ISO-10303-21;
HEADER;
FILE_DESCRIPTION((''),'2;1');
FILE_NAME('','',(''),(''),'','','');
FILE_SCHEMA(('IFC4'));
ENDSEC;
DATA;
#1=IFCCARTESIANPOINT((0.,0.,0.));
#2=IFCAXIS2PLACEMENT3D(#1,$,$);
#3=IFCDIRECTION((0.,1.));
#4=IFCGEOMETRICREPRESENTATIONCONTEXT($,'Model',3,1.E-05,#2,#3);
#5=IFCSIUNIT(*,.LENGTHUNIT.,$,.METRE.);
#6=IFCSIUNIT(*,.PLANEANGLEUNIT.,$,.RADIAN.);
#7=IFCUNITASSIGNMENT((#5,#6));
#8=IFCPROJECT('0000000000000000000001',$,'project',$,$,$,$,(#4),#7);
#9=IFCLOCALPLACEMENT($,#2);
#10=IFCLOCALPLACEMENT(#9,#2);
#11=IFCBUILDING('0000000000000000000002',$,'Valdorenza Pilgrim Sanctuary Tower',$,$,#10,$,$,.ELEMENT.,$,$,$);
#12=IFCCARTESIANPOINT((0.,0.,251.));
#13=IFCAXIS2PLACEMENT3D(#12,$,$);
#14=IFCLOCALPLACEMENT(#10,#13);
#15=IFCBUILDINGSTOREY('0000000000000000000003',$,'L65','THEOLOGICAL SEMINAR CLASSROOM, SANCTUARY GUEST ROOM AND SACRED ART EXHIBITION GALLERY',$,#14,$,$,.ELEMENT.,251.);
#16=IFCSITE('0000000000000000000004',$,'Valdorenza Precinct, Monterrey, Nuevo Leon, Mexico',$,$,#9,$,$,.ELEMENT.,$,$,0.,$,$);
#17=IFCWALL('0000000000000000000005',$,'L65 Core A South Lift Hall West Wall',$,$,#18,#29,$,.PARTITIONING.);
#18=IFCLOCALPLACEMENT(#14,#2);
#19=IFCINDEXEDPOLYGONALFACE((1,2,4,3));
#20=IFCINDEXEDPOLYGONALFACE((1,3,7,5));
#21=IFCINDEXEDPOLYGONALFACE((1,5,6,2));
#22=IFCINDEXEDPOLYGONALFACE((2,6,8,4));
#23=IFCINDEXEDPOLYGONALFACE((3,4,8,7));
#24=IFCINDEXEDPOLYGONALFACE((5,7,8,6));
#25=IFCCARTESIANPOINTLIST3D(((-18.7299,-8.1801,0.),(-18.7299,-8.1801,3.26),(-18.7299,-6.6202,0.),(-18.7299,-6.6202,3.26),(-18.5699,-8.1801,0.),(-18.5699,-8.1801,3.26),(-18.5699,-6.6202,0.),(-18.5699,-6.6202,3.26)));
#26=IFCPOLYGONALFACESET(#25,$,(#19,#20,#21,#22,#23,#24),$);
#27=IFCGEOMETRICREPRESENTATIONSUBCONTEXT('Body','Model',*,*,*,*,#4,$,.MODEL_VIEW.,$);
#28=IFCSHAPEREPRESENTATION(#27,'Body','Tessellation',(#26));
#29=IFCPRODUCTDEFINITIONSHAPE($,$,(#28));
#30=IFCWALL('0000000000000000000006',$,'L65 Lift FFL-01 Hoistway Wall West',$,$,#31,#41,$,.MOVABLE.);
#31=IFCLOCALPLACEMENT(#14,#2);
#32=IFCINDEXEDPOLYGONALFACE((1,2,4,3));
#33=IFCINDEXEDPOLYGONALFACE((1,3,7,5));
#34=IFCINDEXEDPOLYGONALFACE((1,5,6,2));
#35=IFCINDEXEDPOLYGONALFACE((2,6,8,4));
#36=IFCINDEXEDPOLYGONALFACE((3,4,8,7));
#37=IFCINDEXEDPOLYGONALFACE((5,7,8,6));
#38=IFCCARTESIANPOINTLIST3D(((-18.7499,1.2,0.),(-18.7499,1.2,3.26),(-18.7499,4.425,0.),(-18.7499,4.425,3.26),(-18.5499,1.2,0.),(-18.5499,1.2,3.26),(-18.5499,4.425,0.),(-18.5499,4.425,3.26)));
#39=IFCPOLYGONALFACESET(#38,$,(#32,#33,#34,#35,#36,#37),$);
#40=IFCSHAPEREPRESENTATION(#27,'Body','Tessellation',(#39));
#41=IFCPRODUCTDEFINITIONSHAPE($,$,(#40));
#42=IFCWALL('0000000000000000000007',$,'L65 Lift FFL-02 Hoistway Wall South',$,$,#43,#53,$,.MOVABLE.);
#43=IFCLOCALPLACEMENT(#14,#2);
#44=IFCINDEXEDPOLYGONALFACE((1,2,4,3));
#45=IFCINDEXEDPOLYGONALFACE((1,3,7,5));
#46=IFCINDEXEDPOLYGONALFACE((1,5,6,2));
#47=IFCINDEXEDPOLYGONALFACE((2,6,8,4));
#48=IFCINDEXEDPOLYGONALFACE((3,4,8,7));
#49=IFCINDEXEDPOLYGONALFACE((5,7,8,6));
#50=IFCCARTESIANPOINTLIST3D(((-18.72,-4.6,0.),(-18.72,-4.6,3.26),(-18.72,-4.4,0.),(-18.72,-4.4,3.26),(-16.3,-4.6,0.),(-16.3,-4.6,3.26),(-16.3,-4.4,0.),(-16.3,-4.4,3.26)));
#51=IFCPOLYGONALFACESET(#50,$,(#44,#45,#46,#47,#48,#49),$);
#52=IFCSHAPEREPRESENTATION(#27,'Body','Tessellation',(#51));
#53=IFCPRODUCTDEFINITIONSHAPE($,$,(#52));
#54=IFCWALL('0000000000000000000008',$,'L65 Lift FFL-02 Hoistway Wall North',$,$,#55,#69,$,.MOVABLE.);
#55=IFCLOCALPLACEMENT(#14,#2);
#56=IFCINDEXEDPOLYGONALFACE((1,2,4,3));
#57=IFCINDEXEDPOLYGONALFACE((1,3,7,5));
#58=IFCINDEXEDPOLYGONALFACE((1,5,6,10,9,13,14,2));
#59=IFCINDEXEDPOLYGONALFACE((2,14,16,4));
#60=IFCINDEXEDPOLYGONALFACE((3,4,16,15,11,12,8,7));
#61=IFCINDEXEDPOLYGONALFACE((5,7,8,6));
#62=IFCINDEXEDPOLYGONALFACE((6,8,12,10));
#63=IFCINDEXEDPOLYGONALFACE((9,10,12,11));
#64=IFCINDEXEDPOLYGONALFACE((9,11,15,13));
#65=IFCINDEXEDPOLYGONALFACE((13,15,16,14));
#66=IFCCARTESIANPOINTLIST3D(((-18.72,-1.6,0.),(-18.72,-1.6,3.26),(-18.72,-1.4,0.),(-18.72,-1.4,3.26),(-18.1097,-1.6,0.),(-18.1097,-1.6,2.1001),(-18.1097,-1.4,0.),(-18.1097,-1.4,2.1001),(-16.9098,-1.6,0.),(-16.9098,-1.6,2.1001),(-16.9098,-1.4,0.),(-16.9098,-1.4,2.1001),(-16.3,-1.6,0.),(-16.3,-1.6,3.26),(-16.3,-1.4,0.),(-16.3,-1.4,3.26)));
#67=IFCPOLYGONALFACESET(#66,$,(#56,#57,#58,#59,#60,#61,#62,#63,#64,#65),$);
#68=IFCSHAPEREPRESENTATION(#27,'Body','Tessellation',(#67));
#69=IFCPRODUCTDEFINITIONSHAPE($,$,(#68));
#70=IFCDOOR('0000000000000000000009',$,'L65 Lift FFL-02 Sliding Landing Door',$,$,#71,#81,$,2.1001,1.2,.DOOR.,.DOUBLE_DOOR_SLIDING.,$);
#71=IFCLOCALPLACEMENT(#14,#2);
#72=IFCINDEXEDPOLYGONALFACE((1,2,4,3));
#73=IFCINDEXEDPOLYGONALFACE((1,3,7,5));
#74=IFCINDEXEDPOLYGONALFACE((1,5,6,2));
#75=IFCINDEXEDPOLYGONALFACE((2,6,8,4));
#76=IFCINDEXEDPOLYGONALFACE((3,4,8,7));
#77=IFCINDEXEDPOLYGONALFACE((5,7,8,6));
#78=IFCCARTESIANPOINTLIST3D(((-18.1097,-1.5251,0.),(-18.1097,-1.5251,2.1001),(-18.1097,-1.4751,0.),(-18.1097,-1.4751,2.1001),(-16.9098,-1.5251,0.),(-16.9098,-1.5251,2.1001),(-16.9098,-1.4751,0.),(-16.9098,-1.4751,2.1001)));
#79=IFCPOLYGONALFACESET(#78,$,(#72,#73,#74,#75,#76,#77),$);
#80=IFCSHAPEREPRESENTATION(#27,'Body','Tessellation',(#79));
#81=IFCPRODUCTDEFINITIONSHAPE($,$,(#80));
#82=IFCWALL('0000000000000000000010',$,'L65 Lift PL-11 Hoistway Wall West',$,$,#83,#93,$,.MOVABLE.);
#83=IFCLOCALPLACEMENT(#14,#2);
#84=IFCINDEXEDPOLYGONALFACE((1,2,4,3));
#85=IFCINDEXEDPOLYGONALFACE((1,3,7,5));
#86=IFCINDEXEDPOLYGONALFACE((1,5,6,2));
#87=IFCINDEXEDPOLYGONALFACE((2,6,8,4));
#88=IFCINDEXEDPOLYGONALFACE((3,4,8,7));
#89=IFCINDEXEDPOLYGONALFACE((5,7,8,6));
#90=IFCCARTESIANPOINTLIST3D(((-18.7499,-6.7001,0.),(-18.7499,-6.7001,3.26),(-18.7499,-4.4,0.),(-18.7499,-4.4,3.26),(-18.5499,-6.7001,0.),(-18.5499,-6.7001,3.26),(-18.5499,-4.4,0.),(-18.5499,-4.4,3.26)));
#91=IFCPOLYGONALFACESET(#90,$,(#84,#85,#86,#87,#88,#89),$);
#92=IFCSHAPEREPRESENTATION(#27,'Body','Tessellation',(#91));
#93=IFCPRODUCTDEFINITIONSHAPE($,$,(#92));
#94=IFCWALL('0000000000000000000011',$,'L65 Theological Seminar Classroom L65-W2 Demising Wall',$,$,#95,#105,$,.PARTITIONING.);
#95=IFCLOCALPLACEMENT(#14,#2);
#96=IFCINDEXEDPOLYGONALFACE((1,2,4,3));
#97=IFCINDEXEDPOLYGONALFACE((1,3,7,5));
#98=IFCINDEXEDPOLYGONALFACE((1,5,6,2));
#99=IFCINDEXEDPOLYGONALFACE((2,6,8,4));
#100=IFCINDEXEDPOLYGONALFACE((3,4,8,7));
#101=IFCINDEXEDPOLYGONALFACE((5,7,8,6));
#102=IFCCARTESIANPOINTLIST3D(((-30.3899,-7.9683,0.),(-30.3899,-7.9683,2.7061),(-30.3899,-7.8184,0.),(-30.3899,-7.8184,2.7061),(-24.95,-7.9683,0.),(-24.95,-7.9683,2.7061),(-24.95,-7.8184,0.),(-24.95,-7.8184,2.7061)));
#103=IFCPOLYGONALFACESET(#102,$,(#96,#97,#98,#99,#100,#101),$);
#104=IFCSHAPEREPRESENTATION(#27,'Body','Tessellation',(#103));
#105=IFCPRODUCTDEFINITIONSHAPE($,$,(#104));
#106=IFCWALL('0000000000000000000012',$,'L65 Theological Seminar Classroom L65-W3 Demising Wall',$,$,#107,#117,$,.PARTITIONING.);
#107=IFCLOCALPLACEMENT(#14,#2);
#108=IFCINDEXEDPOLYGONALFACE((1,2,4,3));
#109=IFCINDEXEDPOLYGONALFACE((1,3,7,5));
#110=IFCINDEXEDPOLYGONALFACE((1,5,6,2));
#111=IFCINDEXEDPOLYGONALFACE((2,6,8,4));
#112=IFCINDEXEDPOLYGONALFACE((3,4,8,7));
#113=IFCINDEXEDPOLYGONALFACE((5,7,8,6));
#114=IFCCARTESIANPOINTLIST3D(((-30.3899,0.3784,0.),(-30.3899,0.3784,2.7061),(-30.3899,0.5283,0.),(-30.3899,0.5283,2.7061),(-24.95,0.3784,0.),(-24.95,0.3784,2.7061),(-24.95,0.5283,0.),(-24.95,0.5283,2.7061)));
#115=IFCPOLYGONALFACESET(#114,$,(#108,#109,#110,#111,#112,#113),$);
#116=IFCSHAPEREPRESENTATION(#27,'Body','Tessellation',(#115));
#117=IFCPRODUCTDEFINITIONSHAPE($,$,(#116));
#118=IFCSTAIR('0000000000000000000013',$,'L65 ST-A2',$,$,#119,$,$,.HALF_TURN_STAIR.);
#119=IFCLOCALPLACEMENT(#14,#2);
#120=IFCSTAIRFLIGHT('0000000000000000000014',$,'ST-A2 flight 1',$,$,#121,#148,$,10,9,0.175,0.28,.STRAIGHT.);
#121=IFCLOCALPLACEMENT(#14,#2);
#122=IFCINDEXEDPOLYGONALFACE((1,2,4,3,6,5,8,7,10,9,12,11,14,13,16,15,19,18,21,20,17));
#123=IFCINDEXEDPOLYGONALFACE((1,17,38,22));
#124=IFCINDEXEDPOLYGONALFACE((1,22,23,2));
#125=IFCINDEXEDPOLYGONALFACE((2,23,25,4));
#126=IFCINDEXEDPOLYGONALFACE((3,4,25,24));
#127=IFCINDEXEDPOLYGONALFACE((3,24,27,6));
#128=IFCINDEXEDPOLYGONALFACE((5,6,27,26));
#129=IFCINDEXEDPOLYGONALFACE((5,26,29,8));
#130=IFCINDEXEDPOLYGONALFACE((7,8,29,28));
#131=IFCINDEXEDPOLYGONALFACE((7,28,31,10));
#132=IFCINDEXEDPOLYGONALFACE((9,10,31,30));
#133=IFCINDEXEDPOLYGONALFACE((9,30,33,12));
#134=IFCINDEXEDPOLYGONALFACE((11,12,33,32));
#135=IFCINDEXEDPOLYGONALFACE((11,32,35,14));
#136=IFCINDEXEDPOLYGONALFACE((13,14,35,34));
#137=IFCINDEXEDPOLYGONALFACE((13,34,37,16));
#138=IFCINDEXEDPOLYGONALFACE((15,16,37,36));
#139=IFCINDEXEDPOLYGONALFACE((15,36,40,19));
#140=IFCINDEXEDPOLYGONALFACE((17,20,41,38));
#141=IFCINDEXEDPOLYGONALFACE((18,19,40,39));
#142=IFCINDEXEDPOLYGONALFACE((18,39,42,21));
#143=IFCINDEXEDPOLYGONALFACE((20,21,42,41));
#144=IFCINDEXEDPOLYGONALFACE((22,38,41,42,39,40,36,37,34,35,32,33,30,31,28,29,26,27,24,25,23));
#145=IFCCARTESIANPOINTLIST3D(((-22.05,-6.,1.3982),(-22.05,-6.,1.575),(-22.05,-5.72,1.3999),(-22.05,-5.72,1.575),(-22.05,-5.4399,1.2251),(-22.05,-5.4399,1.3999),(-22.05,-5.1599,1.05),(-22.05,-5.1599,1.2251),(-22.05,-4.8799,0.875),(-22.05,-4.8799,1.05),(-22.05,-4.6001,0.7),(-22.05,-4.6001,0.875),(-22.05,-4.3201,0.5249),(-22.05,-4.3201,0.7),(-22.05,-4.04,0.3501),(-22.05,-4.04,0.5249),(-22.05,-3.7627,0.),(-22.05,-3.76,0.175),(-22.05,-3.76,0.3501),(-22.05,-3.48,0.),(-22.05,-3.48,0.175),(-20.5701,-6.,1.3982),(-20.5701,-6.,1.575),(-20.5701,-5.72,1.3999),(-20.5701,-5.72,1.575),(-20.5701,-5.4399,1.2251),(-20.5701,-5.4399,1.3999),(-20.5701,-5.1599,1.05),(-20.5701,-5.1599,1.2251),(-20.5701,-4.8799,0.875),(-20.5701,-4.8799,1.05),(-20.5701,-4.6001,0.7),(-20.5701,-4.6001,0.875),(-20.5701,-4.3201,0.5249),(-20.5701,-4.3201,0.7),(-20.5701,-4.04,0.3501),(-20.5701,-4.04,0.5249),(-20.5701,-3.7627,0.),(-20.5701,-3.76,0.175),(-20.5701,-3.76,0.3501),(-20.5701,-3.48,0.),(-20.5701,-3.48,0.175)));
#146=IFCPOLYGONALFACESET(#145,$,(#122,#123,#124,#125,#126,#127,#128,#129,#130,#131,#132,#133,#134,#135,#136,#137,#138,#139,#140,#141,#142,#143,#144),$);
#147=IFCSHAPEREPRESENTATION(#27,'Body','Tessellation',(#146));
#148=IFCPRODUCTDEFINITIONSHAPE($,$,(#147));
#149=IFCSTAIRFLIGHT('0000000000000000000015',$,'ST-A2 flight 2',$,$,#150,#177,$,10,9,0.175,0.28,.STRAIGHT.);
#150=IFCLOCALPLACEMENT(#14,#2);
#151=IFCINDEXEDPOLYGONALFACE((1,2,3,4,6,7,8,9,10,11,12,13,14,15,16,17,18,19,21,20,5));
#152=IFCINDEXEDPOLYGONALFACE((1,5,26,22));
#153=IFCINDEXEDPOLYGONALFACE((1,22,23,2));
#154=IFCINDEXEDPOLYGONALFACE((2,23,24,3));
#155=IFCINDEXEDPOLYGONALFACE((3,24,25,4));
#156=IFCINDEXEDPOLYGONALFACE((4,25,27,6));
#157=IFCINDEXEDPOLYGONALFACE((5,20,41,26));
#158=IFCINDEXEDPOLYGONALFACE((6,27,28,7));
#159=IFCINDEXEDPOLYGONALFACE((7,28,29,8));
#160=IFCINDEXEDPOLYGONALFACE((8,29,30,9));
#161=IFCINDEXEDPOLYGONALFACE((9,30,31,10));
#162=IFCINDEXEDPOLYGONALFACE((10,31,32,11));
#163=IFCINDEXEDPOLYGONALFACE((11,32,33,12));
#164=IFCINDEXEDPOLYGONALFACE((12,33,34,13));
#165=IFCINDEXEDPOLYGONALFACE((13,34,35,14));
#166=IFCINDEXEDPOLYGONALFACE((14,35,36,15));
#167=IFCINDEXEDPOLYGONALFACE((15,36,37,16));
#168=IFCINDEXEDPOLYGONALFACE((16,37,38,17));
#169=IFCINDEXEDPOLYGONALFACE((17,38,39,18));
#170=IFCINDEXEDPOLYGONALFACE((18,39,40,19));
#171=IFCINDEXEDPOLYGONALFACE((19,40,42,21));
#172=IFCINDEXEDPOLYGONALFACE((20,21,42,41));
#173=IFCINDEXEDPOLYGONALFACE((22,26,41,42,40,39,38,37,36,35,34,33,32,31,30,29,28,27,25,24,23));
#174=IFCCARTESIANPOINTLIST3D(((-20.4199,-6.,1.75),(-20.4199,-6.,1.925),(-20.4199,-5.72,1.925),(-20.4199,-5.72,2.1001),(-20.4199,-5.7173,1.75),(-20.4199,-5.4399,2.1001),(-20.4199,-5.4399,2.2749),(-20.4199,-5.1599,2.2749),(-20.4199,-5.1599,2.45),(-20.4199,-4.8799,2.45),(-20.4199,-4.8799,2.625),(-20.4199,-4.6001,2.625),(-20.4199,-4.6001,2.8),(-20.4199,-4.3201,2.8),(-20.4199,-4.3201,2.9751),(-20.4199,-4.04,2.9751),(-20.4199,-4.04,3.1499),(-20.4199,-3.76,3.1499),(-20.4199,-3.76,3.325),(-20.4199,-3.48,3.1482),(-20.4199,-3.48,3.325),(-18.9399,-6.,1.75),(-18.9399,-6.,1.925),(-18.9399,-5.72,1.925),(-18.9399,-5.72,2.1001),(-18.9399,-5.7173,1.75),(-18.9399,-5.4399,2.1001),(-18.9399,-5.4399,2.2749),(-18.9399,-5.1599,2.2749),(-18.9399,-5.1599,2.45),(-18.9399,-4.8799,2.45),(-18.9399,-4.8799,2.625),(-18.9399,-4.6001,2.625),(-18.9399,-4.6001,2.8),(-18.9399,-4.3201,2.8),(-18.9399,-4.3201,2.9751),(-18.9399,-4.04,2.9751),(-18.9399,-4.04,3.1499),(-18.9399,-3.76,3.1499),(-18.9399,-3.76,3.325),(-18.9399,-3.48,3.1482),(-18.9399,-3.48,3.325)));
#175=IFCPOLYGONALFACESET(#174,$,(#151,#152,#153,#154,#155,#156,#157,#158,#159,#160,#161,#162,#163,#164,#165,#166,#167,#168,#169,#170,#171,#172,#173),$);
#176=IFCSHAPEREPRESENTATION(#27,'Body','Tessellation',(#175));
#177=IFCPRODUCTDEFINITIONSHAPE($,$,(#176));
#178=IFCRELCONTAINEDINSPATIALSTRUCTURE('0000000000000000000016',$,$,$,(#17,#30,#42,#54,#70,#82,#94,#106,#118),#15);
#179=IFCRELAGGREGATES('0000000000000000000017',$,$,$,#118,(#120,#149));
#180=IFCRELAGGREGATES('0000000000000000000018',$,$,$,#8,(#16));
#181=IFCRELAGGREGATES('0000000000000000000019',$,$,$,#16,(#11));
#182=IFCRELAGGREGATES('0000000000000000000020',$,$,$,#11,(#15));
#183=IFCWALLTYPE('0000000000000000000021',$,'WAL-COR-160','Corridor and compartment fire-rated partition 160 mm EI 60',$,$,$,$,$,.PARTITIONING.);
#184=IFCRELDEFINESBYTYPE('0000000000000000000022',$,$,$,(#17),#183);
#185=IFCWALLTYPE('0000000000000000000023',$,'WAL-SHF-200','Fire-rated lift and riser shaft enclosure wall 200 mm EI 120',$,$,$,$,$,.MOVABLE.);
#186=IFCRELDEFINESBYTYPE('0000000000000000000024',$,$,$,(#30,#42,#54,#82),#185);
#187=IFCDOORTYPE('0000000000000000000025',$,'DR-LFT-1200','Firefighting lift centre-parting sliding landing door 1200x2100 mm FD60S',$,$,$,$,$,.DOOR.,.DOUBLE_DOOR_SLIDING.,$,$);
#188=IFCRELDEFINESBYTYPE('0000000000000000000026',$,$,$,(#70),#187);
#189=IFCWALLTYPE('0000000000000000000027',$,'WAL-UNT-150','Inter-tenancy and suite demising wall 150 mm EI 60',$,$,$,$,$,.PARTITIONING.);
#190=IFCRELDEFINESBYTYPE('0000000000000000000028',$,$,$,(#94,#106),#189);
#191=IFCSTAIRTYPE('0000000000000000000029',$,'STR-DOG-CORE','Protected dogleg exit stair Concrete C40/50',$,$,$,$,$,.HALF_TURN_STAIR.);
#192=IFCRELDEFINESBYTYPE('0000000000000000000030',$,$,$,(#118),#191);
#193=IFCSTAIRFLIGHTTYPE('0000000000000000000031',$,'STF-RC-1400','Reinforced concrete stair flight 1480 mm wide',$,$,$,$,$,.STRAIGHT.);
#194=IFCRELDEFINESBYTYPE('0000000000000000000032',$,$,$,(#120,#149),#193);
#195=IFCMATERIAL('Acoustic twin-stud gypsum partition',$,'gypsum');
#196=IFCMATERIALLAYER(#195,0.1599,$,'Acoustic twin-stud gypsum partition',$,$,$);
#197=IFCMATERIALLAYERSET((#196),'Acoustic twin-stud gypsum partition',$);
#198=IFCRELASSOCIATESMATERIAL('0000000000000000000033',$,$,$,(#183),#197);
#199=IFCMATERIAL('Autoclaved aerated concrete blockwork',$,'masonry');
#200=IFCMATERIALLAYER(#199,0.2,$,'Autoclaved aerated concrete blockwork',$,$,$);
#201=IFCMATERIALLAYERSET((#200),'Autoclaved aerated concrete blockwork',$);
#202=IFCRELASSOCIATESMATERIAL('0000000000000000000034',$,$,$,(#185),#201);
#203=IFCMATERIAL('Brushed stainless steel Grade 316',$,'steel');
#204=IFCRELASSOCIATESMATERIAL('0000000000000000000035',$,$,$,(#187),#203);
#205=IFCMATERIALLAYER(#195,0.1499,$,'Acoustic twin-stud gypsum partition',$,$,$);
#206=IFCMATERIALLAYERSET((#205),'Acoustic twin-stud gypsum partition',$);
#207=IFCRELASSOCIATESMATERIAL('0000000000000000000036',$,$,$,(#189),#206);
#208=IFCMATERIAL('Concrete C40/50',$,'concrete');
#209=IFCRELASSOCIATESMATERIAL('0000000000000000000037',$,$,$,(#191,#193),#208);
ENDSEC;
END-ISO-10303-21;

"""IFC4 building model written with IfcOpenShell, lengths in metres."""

from ifc_helpers import new_model, si_unit, direction, frame, frame_2d, origin, place, context, subcontext, project, spatial, polyline, rectangle, outline, extrude, material, layer, layer_set, type_object, element, fill, aggregate, save


model = new_model("IFC4")

# Units and contexts
model_context = context("Model", 3, precision=1e-05, world=origin(), true_north=direction((0.0, 1.0)))
body_context = subcontext(model_context, "Body", "Model", "MODEL_VIEW")
ifc_project = project(units=[si_unit("LENGTHUNIT", "METRE"), si_unit("PLANEANGLEUNIT", "RADIAN")], contexts=[model_context])

# Site, building, storey
site_placement = place(None, origin())
site = spatial("IfcSite", under=ifc_project, at=site_placement, Name="Valdorenza Precinct, Monterrey, Nuevo Leon, Mexico", CompositionType="ELEMENT", RefElevation=0.0)
building_placement = place(site_placement, origin())
building = spatial("IfcBuilding", under=site, at=building_placement, Name="Valdorenza Pilgrim Sanctuary Tower", CompositionType="ELEMENT")
storey_placement = place(building_placement, frame((0.0, 0.0, 251.0)))
storey = spatial("IfcBuildingStorey", under=building, at=storey_placement, Name="L65", Description="THEOLOGICAL SEMINAR CLASSROOM, SANCTUARY GUEST ROOM AND SACRED ART EXHIBITION GALLERY", CompositionType="ELEMENT", Elevation=251.0)

# Walls
ifc_material_1 = material(Name="Acoustic twin-stud gypsum partition", Category="gypsum")
ifc_layer_1 = layer(ifc_material_1, 0.1599, Name="Acoustic twin-stud gypsum partition")
ifc_layer_set_1 = layer_set([ifc_layer_1], Name="Acoustic twin-stud gypsum partition")
wall_type_1 = type_object("IfcWallType", Name="WAL-COR-160", Description="Corridor and compartment fire-rated partition 160 mm EI 60", PredefinedType="PARTITIONING", material=ifc_layer_set_1)
wall_1_placement = place(storey_placement, frame((-18.6499, -8.1799, 0.0), z_axis=(0.0, 0.0, 1.0), x_axis=(0.0, 1.0, 0.0)))
element("IfcWall", 1, at=wall_1_placement, inside=storey, type_object=wall_type_1, Name="L65 Core A South Lift Hall West Wall", PredefinedType="PARTITIONING", context=body_context, shape_type="SweptSolid", body=[
    extrude(rectangle(XDim=1.5598, YDim=0.1599, at=frame_2d((0.7798, 0.0))), origin(), (0.0, 0.0, 1.0), 3.26),
])
ifc_material_2 = material(Name="Autoclaved aerated concrete blockwork", Category="masonry")
ifc_layer_2 = layer(ifc_material_2, 0.2, Name="Autoclaved aerated concrete blockwork")
ifc_layer_set_2 = layer_set([ifc_layer_2], Name="Autoclaved aerated concrete blockwork")
wall_type_2 = type_object("IfcWallType", Name="WAL-SHF-200", Description="Fire-rated lift and riser shaft enclosure wall 200 mm EI 120", PredefinedType="MOVABLE", material=ifc_layer_set_2)
wall_2_placement = place(storey_placement, frame((-18.6499, 1.2, 0.0), z_axis=(0.0, 0.0, 1.0), x_axis=(0.0, 1.0, 0.0)))
element("IfcWall", 2, at=wall_2_placement, inside=storey, type_object=wall_type_2, Name="L65 Lift FFL-01 Hoistway Wall West", PredefinedType="MOVABLE", context=body_context, shape_type="SweptSolid", body=[
    extrude(rectangle(XDim=3.2251, YDim=0.2, at=frame_2d((1.6125, 0.0))), origin(), (0.0, 0.0, 1.0), 3.26),
])
wall_3_placement = place(storey_placement, frame((-18.72, -4.5, 0.0), z_axis=(0.0, 0.0, 1.0), x_axis=(1.0, 0.0, 0.0)))
element("IfcWall", 3, at=wall_3_placement, inside=storey, type_object=wall_type_2, Name="L65 Lift FFL-02 Hoistway Wall South", PredefinedType="MOVABLE", context=body_context, shape_type="SweptSolid", body=[
    extrude(rectangle(XDim=2.4199, YDim=0.2, at=frame_2d((1.21, 0.0))), origin(), (0.0, 0.0, 1.0), 3.26),
])

# Wall, opening, door
wall_4_placement = place(storey_placement, frame((-18.72, -1.5, 0.0), z_axis=(0.0, 0.0, 1.0), x_axis=(1.0, 0.0, 0.0)))
wall_4 = element("IfcWall", 4, at=wall_4_placement, inside=storey, type_object=wall_type_2, Name="L65 Lift FFL-02 Hoistway Wall North", PredefinedType="MOVABLE", context=body_context, shape_type="SweptSolid", body=[
    extrude(rectangle(XDim=2.4199, YDim=0.2, at=frame_2d((1.21, 0.0))), origin(), (0.0, 0.0, 1.0), 3.26),
])
opening_1_placement = place(wall_4_placement, frame((0.6101, 0.0, 0.0)))
opening_1 = element("IfcOpeningElement", 5, at=opening_1_placement, cuts=wall_4, PredefinedType="OPENING", context=body_context, shape_type="SweptSolid", body=[
    extrude(rectangle(XDim=1.2, YDim=2.1001, at=frame_2d((0.6001, 1.05))), frame((0.0, 0.1147, 0.0), z_axis=(0.0, -1.0, 0.0), x_axis=(1.0, 0.0, 0.0)), (0.0, 0.0, 1.0), 0.2297),
])
ifc_material_3 = material(Name="Brushed stainless steel Grade 316", Category="steel")
door_type_1 = type_object("IfcDoorType", Name="DR-LFT-1200", Description="Firefighting lift centre-parting sliding landing door 1200x2100 mm FD60S", OperationType="DOUBLE_DOOR_SLIDING", PredefinedType="DOOR", material=ifc_material_3)
door_1_placement = place(opening_1_placement, origin())
door_1 = element("IfcDoor", 6, at=door_1_placement, inside=storey, type_object=door_type_1, Name="L65 Lift FFL-02 Sliding Landing Door", OperationType="DOUBLE_DOOR_SLIDING", OverallHeight=2.1001, OverallWidth=1.2, PredefinedType="DOOR", context=body_context, shape_type="SweptSolid", body=[
    extrude(rectangle(XDim=1.2, YDim=2.1001, at=frame_2d((0.6001, 1.05))), frame((0.0, 0.0249, 0.0), z_axis=(0.0, -1.0, 0.0), x_axis=(1.0, 0.0, 0.0)), (0.0, 0.0, 1.0), 0.05),
])
fill(opening_1, door_1)

# Wall
wall_5_placement = place(storey_placement, frame((-18.6499, -6.7, 0.0), z_axis=(0.0, 0.0, 1.0), x_axis=(0.0, 1.0, 0.0)))
element("IfcWall", 7, at=wall_5_placement, inside=storey, type_object=wall_type_2, Name="L65 Lift PL-11 Hoistway Wall West", PredefinedType="MOVABLE", context=body_context, shape_type="SweptSolid", body=[
    extrude(rectangle(XDim=2.3, YDim=0.2, at=frame_2d((1.1499, 0.0))), origin(), (0.0, 0.0, 1.0), 3.26),
])

# Shared definitions
ifc_material_4 = material(Name="Concrete C40/50", Category="concrete")

# Walls
ifc_layer_3 = layer(ifc_material_1, 0.1499, Name="Acoustic twin-stud gypsum partition")
ifc_layer_set_3 = layer_set([ifc_layer_3], Name="Acoustic twin-stud gypsum partition")
wall_type_3 = type_object("IfcWallType", Name="WAL-UNT-150", Description="Inter-tenancy and suite demising wall 150 mm EI 60", PredefinedType="PARTITIONING", material=ifc_layer_set_3)
for number, where, z_axis, x_axis, name in (
    (8, (-30.3899, -7.8933, 0.0), (0.0, 0.0, 1.0), (1.0, 0.0, 0.0), "L65 Theological Seminar Classroom L65-W2 Demising Wall"),
    (9, (-30.3899, 0.4534, 0.0), (0.0, 0.0, 1.0), (1.0, 0.0, 0.0), "L65 Theological Seminar Classroom L65-W3 Demising Wall"),
):
    element("IfcWall", number, at=place(storey_placement, frame(where, z_axis=z_axis, x_axis=x_axis)), inside=storey, type_object=wall_type_3, Name=name, PredefinedType="PARTITIONING", context=body_context, shape_type="SweptSolid", body=[
        extrude(rectangle(XDim=5.4399, YDim=0.1499, at=frame_2d((2.72, 0.0))), origin(), (0.0, 0.0, 1.0), 2.7061),
    ])

# Stair, stair flights
stair_type = type_object("IfcStairType", Name="STR-DOG-CORE", Description="Protected dogleg exit stair Concrete C40/50", PredefinedType="HALF_TURN_STAIR", material=ifc_material_4)
stair_placement = place(storey_placement, origin())
stair = element("IfcStair", 10, at=stair_placement, inside=storey, type_object=stair_type, Name="L65 ST-A2", PredefinedType="HALF_TURN_STAIR")
stair_flight_type = type_object("IfcStairFlightType", Name="STF-RC-1400", Description="Reinforced concrete stair flight 1480 mm wide", PredefinedType="STRAIGHT", material=ifc_material_4)
stair_flight_1_placement = place(storey_placement, frame((-21.3101, -3.48, 0.0), z_axis=(0.0, 0.0, 1.0), x_axis=(0.0, -1.0, 0.0)))
stair_flight_1 = element("IfcStairFlight", 11, at=stair_flight_1_placement, type_object=stair_flight_type, Name="ST-A2 flight 1", NumberOfRisers=10, NumberOfTreads=9, PredefinedType="STRAIGHT", RiserHeight=0.175, TreadLength=0.28, context=body_context, shape_type="SweptSolid", body=[
    extrude(outline(polyline([(0.0, 0.0), (0.0, 0.175), (0.28, 0.175), (0.28, 0.3501), (0.5601, 0.3501), (0.5601, 0.5249), (0.8401, 0.5249), (0.8401, 0.7), (1.1201, 0.7), (1.1201, 0.875), (1.3999, 0.875), (1.3999, 1.05), (1.6799, 1.05), (1.6799, 1.2251), (1.96, 1.2251), (1.96, 1.3999), (2.24, 1.3999), (2.24, 1.575), (2.52, 1.575), (2.52, 1.75), (2.52, 1.3982), (0.2827, 0.0), (0.0, 0.0)])), frame((0.0, 0.74, 0.0), z_axis=(0.0, -1.0, 0.0), x_axis=(1.0, 0.0, 0.0)), (0.0, 0.0, 1.0), 1.48),
])
stair_flight_2_placement = place(storey_placement, frame((-19.6799, -6.0, 1.75), z_axis=(0.0, 0.0, 1.0), x_axis=(0.0, 1.0, 0.0)))
stair_flight_2 = element("IfcStairFlight", 12, at=stair_flight_2_placement, type_object=stair_flight_type, Name="ST-A2 flight 2", NumberOfRisers=10, NumberOfTreads=9, PredefinedType="STRAIGHT", RiserHeight=0.175, TreadLength=0.28, context=body_context, shape_type="SweptSolid", body=[
    extrude(outline(polyline([(0.0, 0.0), (0.0, 0.175), (0.28, 0.175), (0.28, 0.3501), (0.5601, 0.3501), (0.5601, 0.5249), (0.8401, 0.5249), (0.8401, 0.7), (1.1201, 0.7), (1.1201, 0.875), (1.3999, 0.875), (1.3999, 1.05), (1.6799, 1.05), (1.6799, 1.2251), (1.96, 1.2251), (1.96, 1.3999), (2.24, 1.3999), (2.24, 1.575), (2.52, 1.575), (2.52, 1.75), (2.52, 1.3982), (0.2827, 0.0), (0.0, 0.0)])), frame((0.0, 0.74, 0.0), z_axis=(0.0, -1.0, 0.0), x_axis=(1.0, 0.0, 0.0)), (0.0, 0.0, 1.0), 1.48),
])
aggregate(stair, [stair_flight_1, stair_flight_2])

save(model, "model.ifc")
